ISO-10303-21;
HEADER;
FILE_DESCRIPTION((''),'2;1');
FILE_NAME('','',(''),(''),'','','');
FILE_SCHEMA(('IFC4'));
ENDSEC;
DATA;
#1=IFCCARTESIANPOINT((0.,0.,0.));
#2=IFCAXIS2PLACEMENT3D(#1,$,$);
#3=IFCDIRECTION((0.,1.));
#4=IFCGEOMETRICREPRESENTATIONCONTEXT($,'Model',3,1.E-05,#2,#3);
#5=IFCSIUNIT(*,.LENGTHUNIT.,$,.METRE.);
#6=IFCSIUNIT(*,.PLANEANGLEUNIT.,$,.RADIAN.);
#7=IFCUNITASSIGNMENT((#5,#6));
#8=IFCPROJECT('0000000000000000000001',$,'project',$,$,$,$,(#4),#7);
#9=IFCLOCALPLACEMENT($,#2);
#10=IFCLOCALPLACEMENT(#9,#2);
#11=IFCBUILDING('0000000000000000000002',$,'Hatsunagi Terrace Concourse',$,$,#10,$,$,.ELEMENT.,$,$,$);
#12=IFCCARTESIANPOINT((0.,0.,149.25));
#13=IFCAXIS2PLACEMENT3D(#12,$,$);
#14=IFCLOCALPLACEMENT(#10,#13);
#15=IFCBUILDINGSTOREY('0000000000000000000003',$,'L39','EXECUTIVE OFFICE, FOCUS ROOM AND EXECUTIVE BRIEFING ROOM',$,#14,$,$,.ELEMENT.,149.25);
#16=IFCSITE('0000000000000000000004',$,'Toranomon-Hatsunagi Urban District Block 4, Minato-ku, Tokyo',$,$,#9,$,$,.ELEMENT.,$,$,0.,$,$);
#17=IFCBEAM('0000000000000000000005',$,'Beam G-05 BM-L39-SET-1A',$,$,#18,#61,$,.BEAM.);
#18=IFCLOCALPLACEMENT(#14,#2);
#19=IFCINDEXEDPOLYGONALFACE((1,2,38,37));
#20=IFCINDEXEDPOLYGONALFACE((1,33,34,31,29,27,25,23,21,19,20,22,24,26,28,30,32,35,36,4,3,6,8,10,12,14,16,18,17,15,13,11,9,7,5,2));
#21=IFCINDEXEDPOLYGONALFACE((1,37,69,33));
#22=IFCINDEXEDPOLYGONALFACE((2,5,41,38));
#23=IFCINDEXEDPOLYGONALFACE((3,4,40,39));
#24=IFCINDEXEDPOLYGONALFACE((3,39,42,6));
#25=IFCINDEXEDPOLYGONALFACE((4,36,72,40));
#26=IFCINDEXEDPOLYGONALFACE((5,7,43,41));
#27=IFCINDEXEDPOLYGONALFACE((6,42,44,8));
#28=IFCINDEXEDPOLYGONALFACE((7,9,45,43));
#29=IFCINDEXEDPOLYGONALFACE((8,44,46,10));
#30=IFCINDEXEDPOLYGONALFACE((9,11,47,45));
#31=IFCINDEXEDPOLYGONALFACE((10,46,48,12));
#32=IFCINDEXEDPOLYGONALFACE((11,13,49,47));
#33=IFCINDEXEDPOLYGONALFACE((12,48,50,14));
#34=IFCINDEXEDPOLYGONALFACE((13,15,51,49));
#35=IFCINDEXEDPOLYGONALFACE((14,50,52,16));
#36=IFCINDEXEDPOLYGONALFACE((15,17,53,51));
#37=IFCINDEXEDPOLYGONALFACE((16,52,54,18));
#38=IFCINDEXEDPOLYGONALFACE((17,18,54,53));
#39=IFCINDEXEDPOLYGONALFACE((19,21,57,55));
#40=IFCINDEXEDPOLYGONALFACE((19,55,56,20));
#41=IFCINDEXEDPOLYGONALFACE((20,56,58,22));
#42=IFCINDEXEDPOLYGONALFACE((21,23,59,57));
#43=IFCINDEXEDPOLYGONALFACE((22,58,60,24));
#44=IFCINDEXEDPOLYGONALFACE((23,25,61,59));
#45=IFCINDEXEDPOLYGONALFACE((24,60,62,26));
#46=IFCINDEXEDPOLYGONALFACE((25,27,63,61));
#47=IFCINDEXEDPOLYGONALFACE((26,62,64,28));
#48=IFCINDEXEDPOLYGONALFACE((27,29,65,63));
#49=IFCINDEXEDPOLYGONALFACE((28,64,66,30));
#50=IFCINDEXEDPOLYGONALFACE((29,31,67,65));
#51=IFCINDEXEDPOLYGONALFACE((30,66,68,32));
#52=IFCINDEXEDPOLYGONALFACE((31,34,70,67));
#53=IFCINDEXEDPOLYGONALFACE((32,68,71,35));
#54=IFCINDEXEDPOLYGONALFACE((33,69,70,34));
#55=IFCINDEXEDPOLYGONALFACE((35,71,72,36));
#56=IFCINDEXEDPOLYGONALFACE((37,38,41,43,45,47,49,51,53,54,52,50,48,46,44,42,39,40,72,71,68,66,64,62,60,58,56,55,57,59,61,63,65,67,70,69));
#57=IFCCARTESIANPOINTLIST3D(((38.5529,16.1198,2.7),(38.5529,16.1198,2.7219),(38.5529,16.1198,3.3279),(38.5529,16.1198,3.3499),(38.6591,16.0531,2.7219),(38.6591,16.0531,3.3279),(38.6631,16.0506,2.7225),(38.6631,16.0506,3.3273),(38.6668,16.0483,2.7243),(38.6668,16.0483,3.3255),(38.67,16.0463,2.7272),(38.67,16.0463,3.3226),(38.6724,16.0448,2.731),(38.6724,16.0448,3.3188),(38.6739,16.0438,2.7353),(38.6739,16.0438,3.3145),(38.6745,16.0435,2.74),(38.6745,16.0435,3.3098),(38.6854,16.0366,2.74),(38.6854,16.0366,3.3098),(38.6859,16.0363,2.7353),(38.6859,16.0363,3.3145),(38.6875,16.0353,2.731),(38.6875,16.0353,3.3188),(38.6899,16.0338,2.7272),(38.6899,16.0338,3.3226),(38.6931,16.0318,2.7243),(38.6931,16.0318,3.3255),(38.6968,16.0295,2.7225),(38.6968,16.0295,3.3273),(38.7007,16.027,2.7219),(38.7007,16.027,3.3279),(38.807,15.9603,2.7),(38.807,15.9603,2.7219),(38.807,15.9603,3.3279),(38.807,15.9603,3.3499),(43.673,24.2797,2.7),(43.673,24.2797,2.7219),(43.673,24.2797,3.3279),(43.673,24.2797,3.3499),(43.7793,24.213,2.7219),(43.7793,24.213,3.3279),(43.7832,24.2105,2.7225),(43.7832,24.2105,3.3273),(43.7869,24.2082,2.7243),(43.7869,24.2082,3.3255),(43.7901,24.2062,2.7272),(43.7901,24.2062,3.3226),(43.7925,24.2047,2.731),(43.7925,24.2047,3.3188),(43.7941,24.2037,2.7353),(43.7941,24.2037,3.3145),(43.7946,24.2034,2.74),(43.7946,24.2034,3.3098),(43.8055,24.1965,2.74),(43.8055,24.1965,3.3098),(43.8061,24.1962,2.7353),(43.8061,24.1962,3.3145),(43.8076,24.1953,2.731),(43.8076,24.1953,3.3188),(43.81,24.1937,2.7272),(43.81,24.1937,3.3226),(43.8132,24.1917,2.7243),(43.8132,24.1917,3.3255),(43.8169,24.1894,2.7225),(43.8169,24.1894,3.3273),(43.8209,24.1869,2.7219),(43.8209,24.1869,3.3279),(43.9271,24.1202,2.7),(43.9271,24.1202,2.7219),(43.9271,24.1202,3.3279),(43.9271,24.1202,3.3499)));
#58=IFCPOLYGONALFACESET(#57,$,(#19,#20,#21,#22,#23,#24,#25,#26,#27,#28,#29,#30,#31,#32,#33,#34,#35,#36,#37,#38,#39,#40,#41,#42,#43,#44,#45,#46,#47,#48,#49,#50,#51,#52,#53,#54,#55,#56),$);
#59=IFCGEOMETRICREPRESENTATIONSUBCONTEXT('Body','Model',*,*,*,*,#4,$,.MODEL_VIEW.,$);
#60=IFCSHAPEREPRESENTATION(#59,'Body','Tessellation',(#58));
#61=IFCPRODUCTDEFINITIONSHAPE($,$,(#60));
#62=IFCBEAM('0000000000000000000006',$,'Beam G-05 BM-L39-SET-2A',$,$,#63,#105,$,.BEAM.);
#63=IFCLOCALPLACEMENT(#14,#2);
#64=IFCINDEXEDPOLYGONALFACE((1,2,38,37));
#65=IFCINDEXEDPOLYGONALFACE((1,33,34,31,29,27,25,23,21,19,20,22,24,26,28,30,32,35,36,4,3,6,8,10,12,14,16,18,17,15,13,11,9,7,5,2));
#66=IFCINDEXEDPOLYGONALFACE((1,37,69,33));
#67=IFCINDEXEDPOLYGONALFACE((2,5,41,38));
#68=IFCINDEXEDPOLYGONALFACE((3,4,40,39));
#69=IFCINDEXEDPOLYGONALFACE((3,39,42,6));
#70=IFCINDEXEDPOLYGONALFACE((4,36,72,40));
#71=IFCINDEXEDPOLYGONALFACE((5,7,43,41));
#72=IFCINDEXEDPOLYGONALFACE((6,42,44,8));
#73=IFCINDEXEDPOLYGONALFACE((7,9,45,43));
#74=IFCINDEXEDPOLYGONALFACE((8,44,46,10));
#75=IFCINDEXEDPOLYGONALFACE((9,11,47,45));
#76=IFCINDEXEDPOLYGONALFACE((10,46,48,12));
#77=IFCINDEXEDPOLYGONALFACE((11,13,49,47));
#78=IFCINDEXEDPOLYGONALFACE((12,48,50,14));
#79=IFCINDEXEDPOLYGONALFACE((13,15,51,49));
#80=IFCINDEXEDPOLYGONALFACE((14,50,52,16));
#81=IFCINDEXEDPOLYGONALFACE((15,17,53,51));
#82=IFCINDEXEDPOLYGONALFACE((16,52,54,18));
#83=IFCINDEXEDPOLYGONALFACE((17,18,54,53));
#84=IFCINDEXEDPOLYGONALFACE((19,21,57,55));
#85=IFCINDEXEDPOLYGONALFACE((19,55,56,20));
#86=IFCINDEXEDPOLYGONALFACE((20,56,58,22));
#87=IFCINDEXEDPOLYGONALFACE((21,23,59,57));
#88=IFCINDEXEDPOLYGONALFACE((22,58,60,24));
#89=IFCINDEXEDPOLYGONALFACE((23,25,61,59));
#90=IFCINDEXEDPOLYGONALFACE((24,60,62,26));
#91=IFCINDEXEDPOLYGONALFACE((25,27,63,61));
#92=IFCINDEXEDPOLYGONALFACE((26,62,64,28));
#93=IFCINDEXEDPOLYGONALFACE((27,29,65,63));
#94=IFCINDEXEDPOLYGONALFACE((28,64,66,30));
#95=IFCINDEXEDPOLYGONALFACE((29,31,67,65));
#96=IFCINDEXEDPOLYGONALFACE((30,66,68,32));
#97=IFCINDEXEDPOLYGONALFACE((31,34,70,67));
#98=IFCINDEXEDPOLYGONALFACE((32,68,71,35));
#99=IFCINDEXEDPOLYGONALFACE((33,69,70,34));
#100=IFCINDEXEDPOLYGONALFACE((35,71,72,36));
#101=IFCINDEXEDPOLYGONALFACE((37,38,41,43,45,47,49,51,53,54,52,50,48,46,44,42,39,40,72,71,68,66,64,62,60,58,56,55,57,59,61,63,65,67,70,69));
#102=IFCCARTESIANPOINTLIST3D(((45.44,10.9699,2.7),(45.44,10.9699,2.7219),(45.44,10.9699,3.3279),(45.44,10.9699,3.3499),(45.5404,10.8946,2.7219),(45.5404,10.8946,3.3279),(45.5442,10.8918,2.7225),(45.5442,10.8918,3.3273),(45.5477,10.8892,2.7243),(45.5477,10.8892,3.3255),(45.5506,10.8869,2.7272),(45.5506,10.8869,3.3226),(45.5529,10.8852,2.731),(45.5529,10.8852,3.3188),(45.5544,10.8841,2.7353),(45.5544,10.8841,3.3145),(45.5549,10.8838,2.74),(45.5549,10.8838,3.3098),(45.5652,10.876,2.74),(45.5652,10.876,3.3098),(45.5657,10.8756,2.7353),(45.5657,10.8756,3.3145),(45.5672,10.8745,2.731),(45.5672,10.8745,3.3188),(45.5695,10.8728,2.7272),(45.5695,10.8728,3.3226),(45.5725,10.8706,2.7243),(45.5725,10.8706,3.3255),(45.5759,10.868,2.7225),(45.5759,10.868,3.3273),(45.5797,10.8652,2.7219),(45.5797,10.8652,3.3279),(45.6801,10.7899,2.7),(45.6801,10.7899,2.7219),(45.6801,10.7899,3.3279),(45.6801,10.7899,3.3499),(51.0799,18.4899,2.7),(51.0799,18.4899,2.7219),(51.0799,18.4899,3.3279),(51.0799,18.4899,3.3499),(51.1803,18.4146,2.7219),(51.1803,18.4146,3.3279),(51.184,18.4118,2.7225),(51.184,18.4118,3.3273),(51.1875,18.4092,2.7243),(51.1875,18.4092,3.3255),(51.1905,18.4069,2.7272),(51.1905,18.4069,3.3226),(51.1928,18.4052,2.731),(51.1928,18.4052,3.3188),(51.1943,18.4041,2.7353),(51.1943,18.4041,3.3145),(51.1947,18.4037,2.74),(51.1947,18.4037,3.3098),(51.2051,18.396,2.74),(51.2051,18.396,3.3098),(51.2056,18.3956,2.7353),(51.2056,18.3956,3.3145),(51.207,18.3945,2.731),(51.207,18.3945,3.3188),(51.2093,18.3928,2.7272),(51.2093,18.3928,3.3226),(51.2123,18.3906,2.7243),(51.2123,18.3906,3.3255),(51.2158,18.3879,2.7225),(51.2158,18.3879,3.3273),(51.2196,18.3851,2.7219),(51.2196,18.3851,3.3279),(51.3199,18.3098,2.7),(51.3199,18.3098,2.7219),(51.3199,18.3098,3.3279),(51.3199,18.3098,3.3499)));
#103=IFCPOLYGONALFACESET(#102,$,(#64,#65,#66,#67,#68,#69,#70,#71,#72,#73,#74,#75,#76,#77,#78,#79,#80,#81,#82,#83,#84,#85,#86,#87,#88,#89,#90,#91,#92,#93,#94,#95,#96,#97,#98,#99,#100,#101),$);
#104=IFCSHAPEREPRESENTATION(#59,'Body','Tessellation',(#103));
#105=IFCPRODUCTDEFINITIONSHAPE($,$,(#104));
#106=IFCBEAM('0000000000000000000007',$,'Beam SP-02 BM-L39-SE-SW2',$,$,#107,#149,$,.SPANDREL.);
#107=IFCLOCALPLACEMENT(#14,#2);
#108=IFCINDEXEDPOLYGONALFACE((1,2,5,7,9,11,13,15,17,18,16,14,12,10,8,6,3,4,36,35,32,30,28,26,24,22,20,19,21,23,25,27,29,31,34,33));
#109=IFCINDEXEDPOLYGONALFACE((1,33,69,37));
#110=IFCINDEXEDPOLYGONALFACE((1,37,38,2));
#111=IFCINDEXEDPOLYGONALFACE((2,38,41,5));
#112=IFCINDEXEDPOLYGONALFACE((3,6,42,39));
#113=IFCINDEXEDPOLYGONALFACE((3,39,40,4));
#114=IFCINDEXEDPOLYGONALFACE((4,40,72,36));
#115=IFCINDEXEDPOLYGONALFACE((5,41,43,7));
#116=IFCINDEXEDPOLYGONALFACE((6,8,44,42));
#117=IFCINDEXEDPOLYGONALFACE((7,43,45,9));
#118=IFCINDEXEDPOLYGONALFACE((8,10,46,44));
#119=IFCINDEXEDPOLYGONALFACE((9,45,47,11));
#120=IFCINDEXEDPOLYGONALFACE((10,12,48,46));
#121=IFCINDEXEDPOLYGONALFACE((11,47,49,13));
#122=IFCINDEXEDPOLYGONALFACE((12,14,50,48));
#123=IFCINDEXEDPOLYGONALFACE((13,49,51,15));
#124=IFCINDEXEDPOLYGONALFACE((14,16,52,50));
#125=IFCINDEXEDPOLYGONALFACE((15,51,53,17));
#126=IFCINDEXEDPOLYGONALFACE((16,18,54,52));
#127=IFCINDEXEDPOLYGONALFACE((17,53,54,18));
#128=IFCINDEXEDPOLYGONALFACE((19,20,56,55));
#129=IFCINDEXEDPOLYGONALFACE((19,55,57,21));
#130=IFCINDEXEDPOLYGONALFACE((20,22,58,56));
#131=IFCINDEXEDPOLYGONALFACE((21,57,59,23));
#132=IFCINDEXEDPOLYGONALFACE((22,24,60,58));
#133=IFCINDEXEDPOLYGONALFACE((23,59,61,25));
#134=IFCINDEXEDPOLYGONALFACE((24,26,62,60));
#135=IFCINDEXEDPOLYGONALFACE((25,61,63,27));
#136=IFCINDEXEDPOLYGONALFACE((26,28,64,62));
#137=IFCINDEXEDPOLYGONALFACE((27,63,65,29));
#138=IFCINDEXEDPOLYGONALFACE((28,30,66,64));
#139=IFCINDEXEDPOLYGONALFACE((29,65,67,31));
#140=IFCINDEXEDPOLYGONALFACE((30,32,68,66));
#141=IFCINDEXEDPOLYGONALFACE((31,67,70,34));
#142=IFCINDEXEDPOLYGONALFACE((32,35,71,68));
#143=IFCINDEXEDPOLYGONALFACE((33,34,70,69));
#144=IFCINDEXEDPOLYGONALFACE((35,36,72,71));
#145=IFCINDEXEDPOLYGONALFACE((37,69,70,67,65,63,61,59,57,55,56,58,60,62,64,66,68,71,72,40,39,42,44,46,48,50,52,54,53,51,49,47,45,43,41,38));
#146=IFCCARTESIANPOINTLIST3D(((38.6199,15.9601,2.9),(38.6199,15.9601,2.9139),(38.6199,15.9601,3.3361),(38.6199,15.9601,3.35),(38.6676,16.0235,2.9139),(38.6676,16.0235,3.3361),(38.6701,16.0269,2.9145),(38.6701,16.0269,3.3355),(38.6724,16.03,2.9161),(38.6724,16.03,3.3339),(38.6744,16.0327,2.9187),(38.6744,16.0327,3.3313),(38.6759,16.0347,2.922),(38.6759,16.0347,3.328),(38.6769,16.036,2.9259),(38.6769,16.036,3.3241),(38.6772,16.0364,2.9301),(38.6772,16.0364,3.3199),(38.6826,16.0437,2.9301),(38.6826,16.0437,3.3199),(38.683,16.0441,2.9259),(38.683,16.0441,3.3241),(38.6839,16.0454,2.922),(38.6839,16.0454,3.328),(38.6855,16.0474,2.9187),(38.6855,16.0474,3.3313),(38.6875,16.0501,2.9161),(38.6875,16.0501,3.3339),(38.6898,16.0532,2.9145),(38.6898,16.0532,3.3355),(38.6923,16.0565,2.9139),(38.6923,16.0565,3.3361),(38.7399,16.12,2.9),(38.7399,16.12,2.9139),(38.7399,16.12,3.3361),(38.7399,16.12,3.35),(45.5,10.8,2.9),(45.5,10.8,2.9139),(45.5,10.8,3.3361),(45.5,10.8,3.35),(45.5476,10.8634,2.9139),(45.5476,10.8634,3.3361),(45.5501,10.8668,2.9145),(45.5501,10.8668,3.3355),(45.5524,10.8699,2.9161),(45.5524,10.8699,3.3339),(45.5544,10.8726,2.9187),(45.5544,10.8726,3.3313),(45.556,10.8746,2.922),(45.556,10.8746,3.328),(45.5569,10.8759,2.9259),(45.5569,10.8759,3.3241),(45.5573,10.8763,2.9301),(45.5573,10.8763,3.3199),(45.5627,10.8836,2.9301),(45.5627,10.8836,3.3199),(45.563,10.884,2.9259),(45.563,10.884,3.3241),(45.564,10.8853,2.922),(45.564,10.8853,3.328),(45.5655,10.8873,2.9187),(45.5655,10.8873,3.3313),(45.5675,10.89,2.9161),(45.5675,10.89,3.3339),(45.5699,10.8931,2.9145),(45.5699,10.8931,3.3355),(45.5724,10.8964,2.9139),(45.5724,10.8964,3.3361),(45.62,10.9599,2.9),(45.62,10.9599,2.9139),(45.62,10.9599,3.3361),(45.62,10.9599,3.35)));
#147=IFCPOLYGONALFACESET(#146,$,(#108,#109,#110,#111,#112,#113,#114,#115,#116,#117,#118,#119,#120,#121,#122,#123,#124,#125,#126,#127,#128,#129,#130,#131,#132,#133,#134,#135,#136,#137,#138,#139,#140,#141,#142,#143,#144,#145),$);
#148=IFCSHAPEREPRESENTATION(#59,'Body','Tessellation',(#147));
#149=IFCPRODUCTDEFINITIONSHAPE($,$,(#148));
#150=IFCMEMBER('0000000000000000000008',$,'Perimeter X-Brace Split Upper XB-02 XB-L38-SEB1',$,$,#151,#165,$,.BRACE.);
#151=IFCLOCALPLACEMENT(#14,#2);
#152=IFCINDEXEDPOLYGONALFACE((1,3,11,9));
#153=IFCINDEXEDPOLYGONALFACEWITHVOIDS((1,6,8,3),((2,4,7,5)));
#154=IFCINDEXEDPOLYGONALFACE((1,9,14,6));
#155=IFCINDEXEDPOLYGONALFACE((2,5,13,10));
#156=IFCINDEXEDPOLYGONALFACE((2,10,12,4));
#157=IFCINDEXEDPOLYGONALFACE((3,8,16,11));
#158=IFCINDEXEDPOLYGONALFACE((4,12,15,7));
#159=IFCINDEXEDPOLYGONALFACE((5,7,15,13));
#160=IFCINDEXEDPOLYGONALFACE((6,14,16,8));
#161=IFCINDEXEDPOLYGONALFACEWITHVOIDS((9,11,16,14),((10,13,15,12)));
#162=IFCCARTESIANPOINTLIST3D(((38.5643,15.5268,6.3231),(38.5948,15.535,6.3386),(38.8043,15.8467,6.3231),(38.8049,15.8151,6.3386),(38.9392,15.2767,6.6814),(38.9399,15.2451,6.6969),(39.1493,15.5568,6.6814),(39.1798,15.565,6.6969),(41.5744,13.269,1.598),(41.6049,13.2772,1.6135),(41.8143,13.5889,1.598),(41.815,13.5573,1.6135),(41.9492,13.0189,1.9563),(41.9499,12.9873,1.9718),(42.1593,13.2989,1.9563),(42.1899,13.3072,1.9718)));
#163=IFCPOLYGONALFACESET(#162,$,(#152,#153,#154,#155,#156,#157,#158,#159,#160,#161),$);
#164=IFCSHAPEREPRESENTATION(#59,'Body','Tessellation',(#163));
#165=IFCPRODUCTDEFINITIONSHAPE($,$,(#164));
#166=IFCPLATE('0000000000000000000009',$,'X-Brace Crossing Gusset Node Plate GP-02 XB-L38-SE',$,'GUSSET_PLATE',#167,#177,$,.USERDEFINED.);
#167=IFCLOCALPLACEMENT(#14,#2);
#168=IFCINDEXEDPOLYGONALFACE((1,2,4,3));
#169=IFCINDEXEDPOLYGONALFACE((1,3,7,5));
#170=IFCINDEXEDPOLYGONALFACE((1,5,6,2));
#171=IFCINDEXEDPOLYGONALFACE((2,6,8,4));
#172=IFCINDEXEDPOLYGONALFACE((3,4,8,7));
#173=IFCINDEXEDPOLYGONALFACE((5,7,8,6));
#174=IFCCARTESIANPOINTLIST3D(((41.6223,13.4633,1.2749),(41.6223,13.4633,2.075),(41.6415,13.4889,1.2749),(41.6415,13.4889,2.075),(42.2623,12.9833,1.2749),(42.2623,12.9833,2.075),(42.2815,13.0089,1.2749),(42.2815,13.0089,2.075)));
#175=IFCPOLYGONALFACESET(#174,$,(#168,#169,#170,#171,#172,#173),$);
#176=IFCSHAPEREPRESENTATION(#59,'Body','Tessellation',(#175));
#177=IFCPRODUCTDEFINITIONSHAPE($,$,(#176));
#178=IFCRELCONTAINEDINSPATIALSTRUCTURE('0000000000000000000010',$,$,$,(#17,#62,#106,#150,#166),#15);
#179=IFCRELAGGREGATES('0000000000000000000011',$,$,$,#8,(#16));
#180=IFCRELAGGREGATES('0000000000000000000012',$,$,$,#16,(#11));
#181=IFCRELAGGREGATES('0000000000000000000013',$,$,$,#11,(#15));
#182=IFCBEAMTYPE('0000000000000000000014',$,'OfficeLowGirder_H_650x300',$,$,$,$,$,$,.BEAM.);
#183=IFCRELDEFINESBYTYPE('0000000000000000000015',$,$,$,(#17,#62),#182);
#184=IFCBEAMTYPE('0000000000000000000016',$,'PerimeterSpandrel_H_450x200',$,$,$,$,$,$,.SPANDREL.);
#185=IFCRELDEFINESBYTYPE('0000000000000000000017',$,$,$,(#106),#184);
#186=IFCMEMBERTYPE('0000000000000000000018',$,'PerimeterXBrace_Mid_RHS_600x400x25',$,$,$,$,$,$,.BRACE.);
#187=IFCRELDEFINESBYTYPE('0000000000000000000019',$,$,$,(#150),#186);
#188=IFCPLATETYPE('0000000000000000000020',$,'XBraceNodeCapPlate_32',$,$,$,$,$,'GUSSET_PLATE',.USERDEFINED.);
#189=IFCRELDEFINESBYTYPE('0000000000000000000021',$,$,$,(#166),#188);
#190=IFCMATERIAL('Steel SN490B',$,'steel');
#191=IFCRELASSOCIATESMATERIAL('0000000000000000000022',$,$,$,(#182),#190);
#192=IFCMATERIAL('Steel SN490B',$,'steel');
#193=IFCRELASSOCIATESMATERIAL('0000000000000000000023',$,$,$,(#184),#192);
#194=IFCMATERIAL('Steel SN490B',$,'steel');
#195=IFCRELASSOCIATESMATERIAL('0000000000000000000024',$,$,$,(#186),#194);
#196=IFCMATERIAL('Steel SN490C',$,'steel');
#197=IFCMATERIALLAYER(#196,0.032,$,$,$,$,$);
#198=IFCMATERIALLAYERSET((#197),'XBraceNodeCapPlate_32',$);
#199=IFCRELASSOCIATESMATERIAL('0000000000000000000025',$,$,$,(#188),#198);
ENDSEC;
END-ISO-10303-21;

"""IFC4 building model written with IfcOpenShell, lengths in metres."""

from ifc_helpers import new_model, si_unit, direction, frame, origin, origin_2d, place, context, subcontext, project, spatial, rectangle, hollow_rectangle, i_section, extrude, material, layer, layer_set, material_profile, profile_set, type_object, element, save


model = new_model("IFC4")

# Units and contexts
model_context = context("Model", 3, precision=1e-05, world=origin(), true_north=direction((0.0, 1.0)))
body_context = subcontext(model_context, "Body", "Model", "MODEL_VIEW")
ifc_project = project(units=[si_unit("LENGTHUNIT", "METRE"), si_unit("PLANEANGLEUNIT", "RADIAN")], contexts=[model_context])

# Site, building, storey
site_placement = place(None, origin())
site = spatial("IfcSite", under=ifc_project, at=site_placement, Name="Toranomon-Hatsunagi Urban District Block 4, Minato-ku, Tokyo", CompositionType="ELEMENT", RefElevation=0.0)
building_placement = place(site_placement, origin())
building = spatial("IfcBuilding", under=site, at=building_placement, Name="Hatsunagi Terrace Concourse", CompositionType="ELEMENT")
storey_placement = place(building_placement, frame((0.0, 0.0, 149.25)))
storey = spatial("IfcBuildingStorey", under=building, at=storey_placement, Name="L39", Description="EXECUTIVE OFFICE, FOCUS ROOM AND EXECUTIVE BRIEFING ROOM", CompositionType="ELEMENT", Elevation=149.25)

# Beams
ifc_material_1 = material(Name="Steel SN490B", Category="steel")
ifc_material_profile_1 = material_profile(ifc_material_1, i_section(OverallWidth=0.3, OverallDepth=0.6499, WebThickness=0.0129, FlangeThickness=0.022, FilletRadius=0.0181, at=origin_2d()), Name="H-650x300x13x22")
ifc_profile_set_1 = profile_set([ifc_material_profile_1], Name="Steel SN490B")
beam_type_1 = type_object("IfcBeamType", Name="OfficeLowGirder_H_650x300", PredefinedType="BEAM", material=ifc_profile_set_1)
beam_1_placement = place(storey_placement, frame((38.6799, 16.04, 3.0249), z_axis=(0.531504, 0.847056, 0.0), x_axis=(-0.847056, 0.531504, 0.0)))
element("IfcBeam", 1, at=beam_1_placement, inside=storey, type_object=beam_type_1, Name="Beam G-05 BM-L39-SET-1A", PredefinedType="BEAM", context=body_context, shape_type="SweptSolid", body=[
    extrude(i_section(OverallWidth=0.3, OverallDepth=0.6499, WebThickness=0.0129, FlangeThickness=0.022, FilletRadius=0.0181, at=origin_2d()), origin(), (0.0, 0.0, 1.0), 9.6333),
])
beam_2_placement = place(storey_placement, frame((45.5601, 10.8799, 3.0249), z_axis=(0.599992, 0.800006, 0.0), x_axis=(-0.800006, 0.599992, 0.0)))
element("IfcBeam", 2, at=beam_2_placement, inside=storey, type_object=beam_type_1, Name="Beam G-05 BM-L39-SET-2A", PredefinedType="BEAM", context=body_context, shape_type="SweptSolid", body=[
    extrude(i_section(OverallWidth=0.3, OverallDepth=0.6499, WebThickness=0.0129, FlangeThickness=0.022, FilletRadius=0.0181, at=origin_2d()), origin(), (0.0, 0.0, 1.0), 9.3999),
])
ifc_material_2 = material(Name="Steel SN490B", Category="steel")
ifc_material_profile_2 = material_profile(ifc_material_2, i_section(OverallWidth=0.2, OverallDepth=0.45, WebThickness=0.009, FlangeThickness=0.0139, FilletRadius=0.0161, at=origin_2d()), Name="H-450x200x9x14")
ifc_profile_set_2 = profile_set([ifc_material_profile_2], Name="Steel SN490B")
beam_type_2 = type_object("IfcBeamType", Name="PerimeterSpandrel_H_450x200", PredefinedType="SPANDREL", material=ifc_profile_set_2)
beam_3_placement = place(storey_placement, frame((38.6799, 16.04, 3.125), z_axis=(0.799997, -0.600005, 0.0), x_axis=(0.600005, 0.799997, 0.0)))
element("IfcBeam", 3, at=beam_3_placement, inside=storey, type_object=beam_type_2, Name="Beam SP-02 BM-L39-SE-SW2", PredefinedType="SPANDREL", context=body_context, shape_type="SweptSolid", body=[
    extrude(i_section(OverallWidth=0.2, OverallDepth=0.45, WebThickness=0.009, FlangeThickness=0.0139, FilletRadius=0.0161, at=origin_2d()), origin(), (0.0, 0.0, 1.0), 8.6001),
])

# Member
ifc_material_3 = material(Name="Steel SN490B", Category="steel")
ifc_material_profile_3 = material_profile(ifc_material_3, hollow_rectangle(XDim=0.3999, YDim=0.6001, WallThickness=0.0249, at=origin_2d()), Name="RHS-600x400x25")
ifc_profile_set_3 = profile_set([ifc_material_profile_3], Name="Steel SN490B")
member_type_1 = type_object("IfcMemberType", Name="PerimeterXBrace_Mid_RHS_600x400x25", PredefinedType="BRACE", material=ifc_profile_set_3)
member_1_placement = place(storey_placement, frame((38.8721, 15.5459, 6.51), z_axis=(0.498327, -0.373796, -0.782271), x_axis=(0.600052, 0.799961, 0.0)))
element("IfcMember", 4, at=member_1_placement, inside=storey, type_object=member_type_1, Name="Perimeter X-Brace Split Upper XB-02 XB-L38-SEB1", PredefinedType="BRACE", context=body_context, shape_type="SweptSolid", body=[
    extrude(hollow_rectangle(XDim=0.3999, YDim=0.6001, WallThickness=0.0249, at=origin_2d()), origin(), (0.0, 0.0, 1.0), 6.0403),
])

# Plate
ifc_material_4 = material(Name="Steel SN490C", Category="steel")
ifc_layer_1 = layer(ifc_material_4, 0.032)
ifc_layer_set_1 = layer_set([ifc_layer_1], Name="XBraceNodeCapPlate_32")
plate_type = type_object("IfcPlateType", Name="XBraceNodeCapPlate_32", ElementType="GUSSET_PLATE", PredefinedType="USERDEFINED", material=ifc_layer_set_1)
plate_placement = place(storey_placement, frame((41.9519, 13.2361, 1.2749), z_axis=(0.0, 0.0, 1.0), x_axis=(0.8, -0.6, 0.0)))
element("IfcPlate", 5, at=plate_placement, inside=storey, type_object=plate_type, Name="X-Brace Crossing Gusset Node Plate GP-02 XB-L38-SE", ObjectType="GUSSET_PLATE", PredefinedType="USERDEFINED", context=body_context, shape_type="SweptSolid", body=[
    extrude(rectangle(XDim=0.8, YDim=0.032, at=origin_2d()), origin(), (0.0, 0.0, 1.0), 0.8),
])

save(model, "model.ifc")
